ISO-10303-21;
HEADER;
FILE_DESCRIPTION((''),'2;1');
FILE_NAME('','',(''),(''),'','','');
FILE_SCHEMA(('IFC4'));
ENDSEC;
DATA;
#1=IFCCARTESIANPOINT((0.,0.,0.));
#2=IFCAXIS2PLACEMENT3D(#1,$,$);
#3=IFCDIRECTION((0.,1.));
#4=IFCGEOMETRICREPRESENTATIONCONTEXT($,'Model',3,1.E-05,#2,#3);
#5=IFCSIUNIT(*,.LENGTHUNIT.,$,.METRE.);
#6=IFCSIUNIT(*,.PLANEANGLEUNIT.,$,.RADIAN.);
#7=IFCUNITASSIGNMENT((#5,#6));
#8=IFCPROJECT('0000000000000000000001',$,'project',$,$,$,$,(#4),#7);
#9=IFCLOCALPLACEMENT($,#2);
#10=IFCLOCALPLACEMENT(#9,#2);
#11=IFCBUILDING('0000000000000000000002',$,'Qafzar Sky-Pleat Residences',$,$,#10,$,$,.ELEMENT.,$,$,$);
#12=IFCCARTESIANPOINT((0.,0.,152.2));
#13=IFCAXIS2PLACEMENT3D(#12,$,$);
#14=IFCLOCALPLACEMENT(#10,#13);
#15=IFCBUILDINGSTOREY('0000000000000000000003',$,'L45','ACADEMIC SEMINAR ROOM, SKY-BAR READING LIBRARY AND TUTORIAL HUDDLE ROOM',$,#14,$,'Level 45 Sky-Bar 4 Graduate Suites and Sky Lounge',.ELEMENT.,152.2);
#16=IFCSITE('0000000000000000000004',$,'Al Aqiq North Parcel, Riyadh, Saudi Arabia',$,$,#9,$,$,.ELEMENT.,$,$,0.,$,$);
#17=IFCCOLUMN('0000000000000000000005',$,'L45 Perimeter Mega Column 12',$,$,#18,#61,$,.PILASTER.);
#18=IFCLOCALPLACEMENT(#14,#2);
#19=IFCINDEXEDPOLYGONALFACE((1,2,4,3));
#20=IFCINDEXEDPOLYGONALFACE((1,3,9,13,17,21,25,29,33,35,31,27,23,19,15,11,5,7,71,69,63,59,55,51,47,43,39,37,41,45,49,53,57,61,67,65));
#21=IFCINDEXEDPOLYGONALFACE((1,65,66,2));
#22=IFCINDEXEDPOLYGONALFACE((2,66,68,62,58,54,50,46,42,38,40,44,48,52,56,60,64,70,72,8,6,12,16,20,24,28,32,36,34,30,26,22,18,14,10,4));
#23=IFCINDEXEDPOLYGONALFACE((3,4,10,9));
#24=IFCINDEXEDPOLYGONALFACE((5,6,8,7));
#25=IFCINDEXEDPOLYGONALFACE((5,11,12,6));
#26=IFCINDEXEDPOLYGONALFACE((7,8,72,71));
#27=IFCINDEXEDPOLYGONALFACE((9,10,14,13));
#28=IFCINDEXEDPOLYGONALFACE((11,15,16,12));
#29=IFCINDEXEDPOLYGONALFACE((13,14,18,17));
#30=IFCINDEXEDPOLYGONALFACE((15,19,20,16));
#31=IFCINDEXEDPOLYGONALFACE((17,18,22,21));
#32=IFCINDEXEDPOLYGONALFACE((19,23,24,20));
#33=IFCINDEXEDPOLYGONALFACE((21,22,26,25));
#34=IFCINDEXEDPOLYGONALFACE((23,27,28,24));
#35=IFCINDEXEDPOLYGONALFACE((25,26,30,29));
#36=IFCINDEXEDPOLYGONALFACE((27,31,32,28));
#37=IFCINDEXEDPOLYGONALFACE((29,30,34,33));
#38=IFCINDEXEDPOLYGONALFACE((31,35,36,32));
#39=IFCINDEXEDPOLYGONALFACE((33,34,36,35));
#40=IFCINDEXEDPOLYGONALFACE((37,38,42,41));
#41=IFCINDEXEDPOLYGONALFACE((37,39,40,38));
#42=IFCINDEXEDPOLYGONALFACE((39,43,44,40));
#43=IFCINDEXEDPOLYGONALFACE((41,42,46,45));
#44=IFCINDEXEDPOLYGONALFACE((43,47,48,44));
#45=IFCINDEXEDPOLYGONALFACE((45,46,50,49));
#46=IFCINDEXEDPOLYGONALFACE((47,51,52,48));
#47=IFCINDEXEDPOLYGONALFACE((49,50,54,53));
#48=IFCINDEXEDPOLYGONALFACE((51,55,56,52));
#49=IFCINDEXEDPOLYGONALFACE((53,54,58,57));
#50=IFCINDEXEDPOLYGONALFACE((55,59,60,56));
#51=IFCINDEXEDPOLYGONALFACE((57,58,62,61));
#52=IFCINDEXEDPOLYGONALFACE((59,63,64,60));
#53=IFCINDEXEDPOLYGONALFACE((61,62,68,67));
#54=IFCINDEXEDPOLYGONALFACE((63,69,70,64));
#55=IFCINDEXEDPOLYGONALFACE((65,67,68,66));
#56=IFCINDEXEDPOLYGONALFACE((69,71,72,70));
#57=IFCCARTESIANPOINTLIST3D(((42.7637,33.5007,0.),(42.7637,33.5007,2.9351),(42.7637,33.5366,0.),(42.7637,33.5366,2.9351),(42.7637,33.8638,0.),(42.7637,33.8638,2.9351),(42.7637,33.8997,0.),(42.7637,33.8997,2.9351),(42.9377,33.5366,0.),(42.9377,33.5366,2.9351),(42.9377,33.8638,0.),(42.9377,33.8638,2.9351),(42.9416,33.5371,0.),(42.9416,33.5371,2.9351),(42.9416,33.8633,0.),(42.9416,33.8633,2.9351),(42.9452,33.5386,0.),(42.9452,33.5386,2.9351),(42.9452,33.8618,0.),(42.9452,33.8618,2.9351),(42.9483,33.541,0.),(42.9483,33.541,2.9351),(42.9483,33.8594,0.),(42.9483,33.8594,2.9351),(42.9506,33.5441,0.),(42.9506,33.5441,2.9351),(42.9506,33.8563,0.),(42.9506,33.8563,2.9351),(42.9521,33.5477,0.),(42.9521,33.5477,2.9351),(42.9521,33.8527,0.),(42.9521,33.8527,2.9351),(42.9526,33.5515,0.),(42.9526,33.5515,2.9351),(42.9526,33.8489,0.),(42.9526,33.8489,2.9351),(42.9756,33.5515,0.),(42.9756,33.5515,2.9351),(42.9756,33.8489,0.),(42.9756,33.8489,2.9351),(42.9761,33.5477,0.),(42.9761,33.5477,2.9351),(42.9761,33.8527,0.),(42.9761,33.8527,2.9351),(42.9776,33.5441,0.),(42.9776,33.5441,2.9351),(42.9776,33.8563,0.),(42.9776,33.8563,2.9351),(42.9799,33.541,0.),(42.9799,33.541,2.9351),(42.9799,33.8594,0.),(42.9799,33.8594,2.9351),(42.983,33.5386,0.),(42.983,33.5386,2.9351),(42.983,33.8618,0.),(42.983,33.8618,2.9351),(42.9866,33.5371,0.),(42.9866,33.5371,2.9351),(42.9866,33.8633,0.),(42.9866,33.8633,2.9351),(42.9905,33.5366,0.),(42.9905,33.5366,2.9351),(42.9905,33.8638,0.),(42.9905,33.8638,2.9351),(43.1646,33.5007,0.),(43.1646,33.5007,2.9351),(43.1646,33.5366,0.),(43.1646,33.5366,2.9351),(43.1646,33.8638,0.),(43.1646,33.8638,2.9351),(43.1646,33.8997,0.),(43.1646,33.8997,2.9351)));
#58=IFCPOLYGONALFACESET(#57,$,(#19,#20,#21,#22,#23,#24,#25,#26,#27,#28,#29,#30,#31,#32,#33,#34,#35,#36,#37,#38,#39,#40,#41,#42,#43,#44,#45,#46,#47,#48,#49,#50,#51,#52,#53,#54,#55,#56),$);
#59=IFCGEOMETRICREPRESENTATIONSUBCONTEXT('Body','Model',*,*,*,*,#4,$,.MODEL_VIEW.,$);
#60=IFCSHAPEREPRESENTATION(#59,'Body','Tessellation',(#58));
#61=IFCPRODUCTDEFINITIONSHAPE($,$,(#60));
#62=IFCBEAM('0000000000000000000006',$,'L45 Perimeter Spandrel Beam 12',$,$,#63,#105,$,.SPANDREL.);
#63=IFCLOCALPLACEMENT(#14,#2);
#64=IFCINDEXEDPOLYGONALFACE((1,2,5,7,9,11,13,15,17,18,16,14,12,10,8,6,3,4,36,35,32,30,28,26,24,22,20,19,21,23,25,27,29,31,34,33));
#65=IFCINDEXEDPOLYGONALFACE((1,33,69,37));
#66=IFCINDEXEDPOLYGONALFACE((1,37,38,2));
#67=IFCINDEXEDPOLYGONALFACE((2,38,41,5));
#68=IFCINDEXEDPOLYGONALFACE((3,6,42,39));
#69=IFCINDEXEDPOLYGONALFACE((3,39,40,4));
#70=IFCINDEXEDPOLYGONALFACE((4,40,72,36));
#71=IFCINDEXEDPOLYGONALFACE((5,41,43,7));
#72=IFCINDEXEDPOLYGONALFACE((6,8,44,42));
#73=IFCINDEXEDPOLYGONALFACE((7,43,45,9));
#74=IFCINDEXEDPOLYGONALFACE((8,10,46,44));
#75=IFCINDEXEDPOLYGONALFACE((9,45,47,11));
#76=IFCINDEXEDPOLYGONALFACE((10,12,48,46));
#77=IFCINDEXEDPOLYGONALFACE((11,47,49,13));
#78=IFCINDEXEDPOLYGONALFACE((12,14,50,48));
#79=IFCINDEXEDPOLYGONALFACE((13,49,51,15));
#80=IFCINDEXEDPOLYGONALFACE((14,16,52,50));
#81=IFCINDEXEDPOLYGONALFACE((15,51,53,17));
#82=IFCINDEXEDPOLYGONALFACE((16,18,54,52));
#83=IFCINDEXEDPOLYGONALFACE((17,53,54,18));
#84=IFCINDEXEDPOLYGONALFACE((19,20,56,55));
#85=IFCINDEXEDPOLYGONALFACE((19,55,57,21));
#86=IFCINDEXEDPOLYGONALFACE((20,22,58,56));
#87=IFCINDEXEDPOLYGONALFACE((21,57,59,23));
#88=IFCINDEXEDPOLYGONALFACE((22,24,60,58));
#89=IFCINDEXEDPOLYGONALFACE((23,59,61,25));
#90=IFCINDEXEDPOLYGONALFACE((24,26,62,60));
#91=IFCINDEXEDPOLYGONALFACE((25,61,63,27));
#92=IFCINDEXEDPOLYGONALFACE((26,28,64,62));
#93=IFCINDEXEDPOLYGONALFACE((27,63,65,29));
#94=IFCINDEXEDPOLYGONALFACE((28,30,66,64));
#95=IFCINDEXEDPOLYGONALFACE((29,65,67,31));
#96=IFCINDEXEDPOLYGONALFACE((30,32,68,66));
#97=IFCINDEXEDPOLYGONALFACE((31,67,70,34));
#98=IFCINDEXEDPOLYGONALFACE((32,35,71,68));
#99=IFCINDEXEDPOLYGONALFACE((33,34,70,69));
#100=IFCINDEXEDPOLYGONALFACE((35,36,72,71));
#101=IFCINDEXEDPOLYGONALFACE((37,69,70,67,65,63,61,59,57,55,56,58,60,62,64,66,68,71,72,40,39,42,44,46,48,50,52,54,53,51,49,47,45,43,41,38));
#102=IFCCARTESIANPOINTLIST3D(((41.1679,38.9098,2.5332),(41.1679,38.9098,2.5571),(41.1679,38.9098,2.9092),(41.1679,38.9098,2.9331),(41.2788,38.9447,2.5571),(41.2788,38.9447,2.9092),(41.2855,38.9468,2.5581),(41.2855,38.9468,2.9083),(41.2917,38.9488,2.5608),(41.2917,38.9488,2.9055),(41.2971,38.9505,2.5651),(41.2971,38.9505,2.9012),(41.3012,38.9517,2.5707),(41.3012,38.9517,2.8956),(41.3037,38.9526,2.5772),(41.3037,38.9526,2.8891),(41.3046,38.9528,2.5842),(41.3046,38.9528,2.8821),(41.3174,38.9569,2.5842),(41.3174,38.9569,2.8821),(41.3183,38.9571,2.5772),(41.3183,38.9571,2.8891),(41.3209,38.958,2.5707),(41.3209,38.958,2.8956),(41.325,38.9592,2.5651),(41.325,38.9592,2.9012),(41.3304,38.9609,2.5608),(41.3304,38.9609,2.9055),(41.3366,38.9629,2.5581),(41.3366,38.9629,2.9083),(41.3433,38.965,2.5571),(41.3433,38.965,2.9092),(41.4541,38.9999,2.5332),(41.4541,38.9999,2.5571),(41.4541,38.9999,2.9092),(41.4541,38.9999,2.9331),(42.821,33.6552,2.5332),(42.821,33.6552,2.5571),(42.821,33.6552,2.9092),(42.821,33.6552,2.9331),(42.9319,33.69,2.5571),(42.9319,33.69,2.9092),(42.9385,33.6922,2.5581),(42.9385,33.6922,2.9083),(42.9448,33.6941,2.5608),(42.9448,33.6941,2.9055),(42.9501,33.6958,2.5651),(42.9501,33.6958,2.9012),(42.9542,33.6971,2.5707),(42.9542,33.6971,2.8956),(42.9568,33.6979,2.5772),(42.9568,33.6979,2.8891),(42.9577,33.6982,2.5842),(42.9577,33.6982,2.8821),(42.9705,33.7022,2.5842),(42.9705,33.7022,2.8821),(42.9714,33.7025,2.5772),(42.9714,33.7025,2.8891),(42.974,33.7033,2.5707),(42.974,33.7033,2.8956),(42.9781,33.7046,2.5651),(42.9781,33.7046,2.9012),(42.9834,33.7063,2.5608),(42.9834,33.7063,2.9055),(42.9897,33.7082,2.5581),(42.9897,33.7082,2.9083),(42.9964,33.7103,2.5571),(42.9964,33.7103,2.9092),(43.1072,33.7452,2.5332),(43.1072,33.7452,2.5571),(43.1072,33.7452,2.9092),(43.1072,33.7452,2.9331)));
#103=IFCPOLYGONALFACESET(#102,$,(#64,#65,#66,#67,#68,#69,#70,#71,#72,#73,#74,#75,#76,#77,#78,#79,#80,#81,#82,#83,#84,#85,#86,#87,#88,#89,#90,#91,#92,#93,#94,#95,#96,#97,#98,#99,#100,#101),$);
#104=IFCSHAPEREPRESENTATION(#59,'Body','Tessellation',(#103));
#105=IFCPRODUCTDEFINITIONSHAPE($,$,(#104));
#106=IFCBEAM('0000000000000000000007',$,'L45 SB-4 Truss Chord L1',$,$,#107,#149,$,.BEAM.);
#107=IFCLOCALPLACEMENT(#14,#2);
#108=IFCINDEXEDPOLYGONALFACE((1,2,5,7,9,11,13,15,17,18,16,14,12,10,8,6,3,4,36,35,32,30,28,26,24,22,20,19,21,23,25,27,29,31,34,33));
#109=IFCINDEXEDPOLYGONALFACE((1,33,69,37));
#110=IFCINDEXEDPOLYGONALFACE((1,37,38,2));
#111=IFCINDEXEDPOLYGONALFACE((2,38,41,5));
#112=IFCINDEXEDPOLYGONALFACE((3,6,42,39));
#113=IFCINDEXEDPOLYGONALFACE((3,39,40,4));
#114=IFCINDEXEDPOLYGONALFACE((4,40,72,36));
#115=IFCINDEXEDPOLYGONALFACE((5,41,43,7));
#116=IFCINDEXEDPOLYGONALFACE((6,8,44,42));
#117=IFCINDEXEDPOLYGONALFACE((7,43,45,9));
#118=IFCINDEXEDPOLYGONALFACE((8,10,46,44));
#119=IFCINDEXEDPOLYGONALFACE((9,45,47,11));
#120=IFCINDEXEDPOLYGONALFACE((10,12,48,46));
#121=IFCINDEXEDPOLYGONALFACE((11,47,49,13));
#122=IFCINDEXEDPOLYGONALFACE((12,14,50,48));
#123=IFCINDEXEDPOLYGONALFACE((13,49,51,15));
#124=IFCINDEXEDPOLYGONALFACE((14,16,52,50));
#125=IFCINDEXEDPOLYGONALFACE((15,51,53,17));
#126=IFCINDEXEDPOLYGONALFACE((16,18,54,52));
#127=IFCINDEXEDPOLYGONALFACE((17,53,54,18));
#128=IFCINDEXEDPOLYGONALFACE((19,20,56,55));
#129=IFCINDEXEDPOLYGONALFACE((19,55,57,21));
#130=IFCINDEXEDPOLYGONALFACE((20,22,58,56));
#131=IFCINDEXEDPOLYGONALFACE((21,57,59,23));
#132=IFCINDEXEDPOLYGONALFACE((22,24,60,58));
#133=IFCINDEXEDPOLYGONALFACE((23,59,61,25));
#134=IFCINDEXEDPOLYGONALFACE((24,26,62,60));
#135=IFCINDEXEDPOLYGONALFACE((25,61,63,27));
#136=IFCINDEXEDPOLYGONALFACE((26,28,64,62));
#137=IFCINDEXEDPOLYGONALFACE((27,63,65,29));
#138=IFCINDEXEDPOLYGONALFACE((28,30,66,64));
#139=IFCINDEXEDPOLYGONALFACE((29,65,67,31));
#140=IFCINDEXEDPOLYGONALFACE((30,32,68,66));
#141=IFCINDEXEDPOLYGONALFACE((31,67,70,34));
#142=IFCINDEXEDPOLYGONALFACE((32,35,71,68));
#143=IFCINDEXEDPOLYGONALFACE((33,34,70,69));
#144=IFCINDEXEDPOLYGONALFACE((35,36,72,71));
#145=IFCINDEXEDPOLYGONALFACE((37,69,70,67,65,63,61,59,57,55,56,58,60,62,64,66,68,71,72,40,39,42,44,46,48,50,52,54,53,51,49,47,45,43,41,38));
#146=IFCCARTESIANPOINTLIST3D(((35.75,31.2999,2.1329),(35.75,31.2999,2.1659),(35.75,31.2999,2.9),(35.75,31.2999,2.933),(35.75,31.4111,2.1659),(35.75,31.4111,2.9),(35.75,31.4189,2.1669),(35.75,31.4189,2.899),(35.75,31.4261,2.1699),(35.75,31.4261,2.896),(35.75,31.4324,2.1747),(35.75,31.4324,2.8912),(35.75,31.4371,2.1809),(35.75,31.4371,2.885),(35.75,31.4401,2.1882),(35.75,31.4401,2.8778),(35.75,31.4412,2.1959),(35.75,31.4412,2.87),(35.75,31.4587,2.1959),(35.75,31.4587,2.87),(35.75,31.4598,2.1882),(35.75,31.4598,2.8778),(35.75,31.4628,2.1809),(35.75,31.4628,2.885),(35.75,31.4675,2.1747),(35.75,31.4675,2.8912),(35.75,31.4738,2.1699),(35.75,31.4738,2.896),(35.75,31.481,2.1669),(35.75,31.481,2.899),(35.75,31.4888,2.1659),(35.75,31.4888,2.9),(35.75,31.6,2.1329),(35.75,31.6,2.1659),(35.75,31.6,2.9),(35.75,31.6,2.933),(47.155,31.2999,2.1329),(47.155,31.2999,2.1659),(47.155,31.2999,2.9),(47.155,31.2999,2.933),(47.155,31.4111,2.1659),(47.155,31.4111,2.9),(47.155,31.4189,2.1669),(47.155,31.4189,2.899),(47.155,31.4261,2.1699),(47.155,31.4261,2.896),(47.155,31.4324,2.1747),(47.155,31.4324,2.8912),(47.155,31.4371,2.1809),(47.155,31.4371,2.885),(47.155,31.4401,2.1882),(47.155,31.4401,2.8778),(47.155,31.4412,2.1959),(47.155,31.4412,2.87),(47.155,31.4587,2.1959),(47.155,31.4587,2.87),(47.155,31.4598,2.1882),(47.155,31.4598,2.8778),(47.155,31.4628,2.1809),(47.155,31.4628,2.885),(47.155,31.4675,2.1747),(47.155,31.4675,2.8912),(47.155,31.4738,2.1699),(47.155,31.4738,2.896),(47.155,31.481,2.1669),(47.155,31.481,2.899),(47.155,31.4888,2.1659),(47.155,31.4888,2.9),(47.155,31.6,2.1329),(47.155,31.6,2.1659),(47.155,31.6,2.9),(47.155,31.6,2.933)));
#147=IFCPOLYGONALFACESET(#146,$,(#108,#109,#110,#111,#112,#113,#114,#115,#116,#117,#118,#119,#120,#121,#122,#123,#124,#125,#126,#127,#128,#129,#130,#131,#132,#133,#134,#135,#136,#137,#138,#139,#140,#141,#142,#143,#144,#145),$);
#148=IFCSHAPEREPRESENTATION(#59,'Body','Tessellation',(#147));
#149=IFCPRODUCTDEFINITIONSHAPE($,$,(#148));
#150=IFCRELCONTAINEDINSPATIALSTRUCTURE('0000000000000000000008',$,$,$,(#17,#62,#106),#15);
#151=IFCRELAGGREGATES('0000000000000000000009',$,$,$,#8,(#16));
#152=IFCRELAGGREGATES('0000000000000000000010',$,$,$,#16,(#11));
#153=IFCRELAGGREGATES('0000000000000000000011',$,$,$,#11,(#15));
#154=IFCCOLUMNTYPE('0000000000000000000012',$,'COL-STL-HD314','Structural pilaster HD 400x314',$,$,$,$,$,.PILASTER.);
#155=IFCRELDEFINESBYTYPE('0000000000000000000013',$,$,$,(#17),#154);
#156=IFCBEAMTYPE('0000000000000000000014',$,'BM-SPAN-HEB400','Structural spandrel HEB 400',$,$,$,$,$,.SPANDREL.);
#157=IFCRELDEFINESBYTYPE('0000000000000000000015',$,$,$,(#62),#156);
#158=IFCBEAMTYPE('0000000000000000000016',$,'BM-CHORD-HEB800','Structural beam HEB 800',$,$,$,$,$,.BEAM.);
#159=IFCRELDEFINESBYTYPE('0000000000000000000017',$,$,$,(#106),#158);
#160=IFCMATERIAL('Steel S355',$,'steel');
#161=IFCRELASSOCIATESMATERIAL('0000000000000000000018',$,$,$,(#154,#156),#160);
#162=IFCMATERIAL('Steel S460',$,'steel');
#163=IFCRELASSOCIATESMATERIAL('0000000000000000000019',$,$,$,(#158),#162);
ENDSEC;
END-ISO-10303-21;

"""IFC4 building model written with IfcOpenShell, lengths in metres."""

from ifc_helpers import new_model, si_unit, direction, frame, origin, origin_2d, place, context, subcontext, project, spatial, i_section, extrude, source, transform, mapped, material, material_profile, profile_set, type_object, element, save


model = new_model("IFC4")

# Units and contexts
model_context = context("Model", 3, precision=1e-05, world=origin(), true_north=direction((0.0, 1.0)))
body_context = subcontext(model_context, "Body", "Model", "MODEL_VIEW")
ifc_project = project(units=[si_unit("LENGTHUNIT", "METRE"), si_unit("PLANEANGLEUNIT", "RADIAN")], contexts=[model_context])

# Site, building, storey
site_placement = place(None, origin())
site = spatial("IfcSite", under=ifc_project, at=site_placement, Name="Al Aqiq North Parcel, Riyadh, Saudi Arabia", CompositionType="ELEMENT", RefElevation=0.0)
building_placement = place(site_placement, origin())
building = spatial("IfcBuilding", under=site, at=building_placement, Name="Qafzar Sky-Pleat Residences", CompositionType="ELEMENT")
storey_placement = place(building_placement, frame((0.0, 0.0, 152.2)))
storey = spatial("IfcBuildingStorey", under=building, at=storey_placement, Name="L45", Description="ACADEMIC SEMINAR ROOM, SKY-BAR READING LIBRARY AND TUTORIAL HUDDLE ROOM", LongName="Level 45 Sky-Bar 4 Graduate Suites and Sky Lounge", CompositionType="ELEMENT", Elevation=152.2)

# Column
ifc_material_1 = material(Name="Steel S355", Category="steel")
ifc_material_profile_1 = material_profile(ifc_material_1, i_section(OverallWidth=0.4009, OverallDepth=0.3989, WebThickness=0.0229, FlangeThickness=0.0359, FilletRadius=0.0149, at=origin_2d()), Name="HD 400x314")
ifc_profile_set_1 = profile_set([ifc_material_profile_1], Name="Steel S355")
column_type = type_object("IfcColumnType", Name="COL-STL-HD314", Description="Structural pilaster HD 400x314", PredefinedType="PILASTER", material=ifc_profile_set_1)
shared_shape_1 = source(origin(), body_context, "Body", "SweptSolid", [
    extrude(i_section(OverallWidth=0.4009, OverallDepth=0.3989, WebThickness=0.0229, FlangeThickness=0.0359, FilletRadius=0.0149, at=origin_2d()), origin(), (0.0, 0.0, 1.0), 2.9351),
])
column_placement = place(storey_placement, frame((42.9641, 33.7002, 0.0), z_axis=(0.0, 0.0, 1.0), x_axis=(1.0, 0.0, 0.0)))
element("IfcColumn", 1, at=column_placement, inside=storey, type_object=column_type, Name="L45 Perimeter Mega Column 12", PredefinedType="PILASTER", context=body_context, shape_type="MappedRepresentation", body=[
    mapped(shared_shape_1, transform((0.0, 0.0, 0.0), x_axis=(1.0, 0.0, 0.0), y_axis=(0.0, 1.0, 0.0), z_axis=(0.0, 0.0, 1.0), scale=1.0)),
])

# Beams
ifc_material_profile_2 = material_profile(ifc_material_1, i_section(OverallWidth=0.3, OverallDepth=0.3999, WebThickness=0.0134, FlangeThickness=0.0239, FilletRadius=0.0271, at=origin_2d()), Name="HEB 400")
ifc_profile_set_2 = profile_set([ifc_material_profile_2], Name="Steel S355")
beam_type_1 = type_object("IfcBeamType", Name="BM-SPAN-HEB400", Description="Structural spandrel HEB 400", PredefinedType="SPANDREL", material=ifc_profile_set_2)
shared_shape_2 = source(origin(), body_context, "Body", "SweptSolid", [
    extrude(i_section(OverallWidth=0.3, OverallDepth=0.3999, WebThickness=0.0134, FlangeThickness=0.0239, FilletRadius=0.0271, at=origin_2d()), origin(), (0.0, 0.0, 1.0), 5.5085),
])
beam_placement = place(storey_placement, frame((42.9641, 33.7002, 2.7332), z_axis=(-0.300094, 0.95391, 0.0), x_axis=(-0.95391, -0.300094, 0.0)))
element("IfcBeam", 2, at=beam_placement, inside=storey, type_object=beam_type_1, Name="L45 Perimeter Spandrel Beam 12", PredefinedType="SPANDREL", context=body_context, shape_type="MappedRepresentation", body=[
    mapped(shared_shape_2, transform((0.0, 0.0, 0.0), x_axis=(1.0, 0.0, 0.0), y_axis=(0.0, 1.0, 0.0), z_axis=(0.0, 0.0, 1.0), scale=1.0)),
])
ifc_material_2 = material(Name="Steel S460", Category="steel")
ifc_material_profile_3 = material_profile(ifc_material_2, i_section(OverallWidth=0.3, OverallDepth=0.8, WebThickness=0.0176, FlangeThickness=0.033, FilletRadius=0.03, at=origin_2d()), Name="HEB 800")
ifc_profile_set_3 = profile_set([ifc_material_profile_3], Name="Steel S460")
beam_type_2 = type_object("IfcBeamType", Name="BM-CHORD-HEB800", Description="Structural beam HEB 800", PredefinedType="BEAM", material=ifc_profile_set_3)
shared_shape_3 = source(origin(), body_context, "Body", "SweptSolid", [
    extrude(i_section(OverallWidth=0.3, OverallDepth=0.8, WebThickness=0.0176, FlangeThickness=0.033, FilletRadius=0.03, at=origin_2d()), origin(), (0.0, 0.0, 1.0), 11.405),
])
for number, where, z_axis, x_axis, name in (
    (3, (35.75, 31.45, 2.533), (1.0, 0.0, 0.0), (0.0, 1.0, 0.0), "L45 SB-4 Truss Chord L1"),
):
    element("IfcBeam", number, at=place(storey_placement, frame(where, z_axis=z_axis, x_axis=x_axis)), inside=storey, type_object=beam_type_2, Name=name, PredefinedType="BEAM", context=body_context, shape_type="MappedRepresentation", body=[
        mapped(shared_shape_3, transform((0.0, 0.0, 0.0), x_axis=(1.0, 0.0, 0.0), y_axis=(0.0, 1.0, 0.0), z_axis=(0.0, 0.0, 1.0), scale=1.0)),
    ])

save(model, "model.ifc")
